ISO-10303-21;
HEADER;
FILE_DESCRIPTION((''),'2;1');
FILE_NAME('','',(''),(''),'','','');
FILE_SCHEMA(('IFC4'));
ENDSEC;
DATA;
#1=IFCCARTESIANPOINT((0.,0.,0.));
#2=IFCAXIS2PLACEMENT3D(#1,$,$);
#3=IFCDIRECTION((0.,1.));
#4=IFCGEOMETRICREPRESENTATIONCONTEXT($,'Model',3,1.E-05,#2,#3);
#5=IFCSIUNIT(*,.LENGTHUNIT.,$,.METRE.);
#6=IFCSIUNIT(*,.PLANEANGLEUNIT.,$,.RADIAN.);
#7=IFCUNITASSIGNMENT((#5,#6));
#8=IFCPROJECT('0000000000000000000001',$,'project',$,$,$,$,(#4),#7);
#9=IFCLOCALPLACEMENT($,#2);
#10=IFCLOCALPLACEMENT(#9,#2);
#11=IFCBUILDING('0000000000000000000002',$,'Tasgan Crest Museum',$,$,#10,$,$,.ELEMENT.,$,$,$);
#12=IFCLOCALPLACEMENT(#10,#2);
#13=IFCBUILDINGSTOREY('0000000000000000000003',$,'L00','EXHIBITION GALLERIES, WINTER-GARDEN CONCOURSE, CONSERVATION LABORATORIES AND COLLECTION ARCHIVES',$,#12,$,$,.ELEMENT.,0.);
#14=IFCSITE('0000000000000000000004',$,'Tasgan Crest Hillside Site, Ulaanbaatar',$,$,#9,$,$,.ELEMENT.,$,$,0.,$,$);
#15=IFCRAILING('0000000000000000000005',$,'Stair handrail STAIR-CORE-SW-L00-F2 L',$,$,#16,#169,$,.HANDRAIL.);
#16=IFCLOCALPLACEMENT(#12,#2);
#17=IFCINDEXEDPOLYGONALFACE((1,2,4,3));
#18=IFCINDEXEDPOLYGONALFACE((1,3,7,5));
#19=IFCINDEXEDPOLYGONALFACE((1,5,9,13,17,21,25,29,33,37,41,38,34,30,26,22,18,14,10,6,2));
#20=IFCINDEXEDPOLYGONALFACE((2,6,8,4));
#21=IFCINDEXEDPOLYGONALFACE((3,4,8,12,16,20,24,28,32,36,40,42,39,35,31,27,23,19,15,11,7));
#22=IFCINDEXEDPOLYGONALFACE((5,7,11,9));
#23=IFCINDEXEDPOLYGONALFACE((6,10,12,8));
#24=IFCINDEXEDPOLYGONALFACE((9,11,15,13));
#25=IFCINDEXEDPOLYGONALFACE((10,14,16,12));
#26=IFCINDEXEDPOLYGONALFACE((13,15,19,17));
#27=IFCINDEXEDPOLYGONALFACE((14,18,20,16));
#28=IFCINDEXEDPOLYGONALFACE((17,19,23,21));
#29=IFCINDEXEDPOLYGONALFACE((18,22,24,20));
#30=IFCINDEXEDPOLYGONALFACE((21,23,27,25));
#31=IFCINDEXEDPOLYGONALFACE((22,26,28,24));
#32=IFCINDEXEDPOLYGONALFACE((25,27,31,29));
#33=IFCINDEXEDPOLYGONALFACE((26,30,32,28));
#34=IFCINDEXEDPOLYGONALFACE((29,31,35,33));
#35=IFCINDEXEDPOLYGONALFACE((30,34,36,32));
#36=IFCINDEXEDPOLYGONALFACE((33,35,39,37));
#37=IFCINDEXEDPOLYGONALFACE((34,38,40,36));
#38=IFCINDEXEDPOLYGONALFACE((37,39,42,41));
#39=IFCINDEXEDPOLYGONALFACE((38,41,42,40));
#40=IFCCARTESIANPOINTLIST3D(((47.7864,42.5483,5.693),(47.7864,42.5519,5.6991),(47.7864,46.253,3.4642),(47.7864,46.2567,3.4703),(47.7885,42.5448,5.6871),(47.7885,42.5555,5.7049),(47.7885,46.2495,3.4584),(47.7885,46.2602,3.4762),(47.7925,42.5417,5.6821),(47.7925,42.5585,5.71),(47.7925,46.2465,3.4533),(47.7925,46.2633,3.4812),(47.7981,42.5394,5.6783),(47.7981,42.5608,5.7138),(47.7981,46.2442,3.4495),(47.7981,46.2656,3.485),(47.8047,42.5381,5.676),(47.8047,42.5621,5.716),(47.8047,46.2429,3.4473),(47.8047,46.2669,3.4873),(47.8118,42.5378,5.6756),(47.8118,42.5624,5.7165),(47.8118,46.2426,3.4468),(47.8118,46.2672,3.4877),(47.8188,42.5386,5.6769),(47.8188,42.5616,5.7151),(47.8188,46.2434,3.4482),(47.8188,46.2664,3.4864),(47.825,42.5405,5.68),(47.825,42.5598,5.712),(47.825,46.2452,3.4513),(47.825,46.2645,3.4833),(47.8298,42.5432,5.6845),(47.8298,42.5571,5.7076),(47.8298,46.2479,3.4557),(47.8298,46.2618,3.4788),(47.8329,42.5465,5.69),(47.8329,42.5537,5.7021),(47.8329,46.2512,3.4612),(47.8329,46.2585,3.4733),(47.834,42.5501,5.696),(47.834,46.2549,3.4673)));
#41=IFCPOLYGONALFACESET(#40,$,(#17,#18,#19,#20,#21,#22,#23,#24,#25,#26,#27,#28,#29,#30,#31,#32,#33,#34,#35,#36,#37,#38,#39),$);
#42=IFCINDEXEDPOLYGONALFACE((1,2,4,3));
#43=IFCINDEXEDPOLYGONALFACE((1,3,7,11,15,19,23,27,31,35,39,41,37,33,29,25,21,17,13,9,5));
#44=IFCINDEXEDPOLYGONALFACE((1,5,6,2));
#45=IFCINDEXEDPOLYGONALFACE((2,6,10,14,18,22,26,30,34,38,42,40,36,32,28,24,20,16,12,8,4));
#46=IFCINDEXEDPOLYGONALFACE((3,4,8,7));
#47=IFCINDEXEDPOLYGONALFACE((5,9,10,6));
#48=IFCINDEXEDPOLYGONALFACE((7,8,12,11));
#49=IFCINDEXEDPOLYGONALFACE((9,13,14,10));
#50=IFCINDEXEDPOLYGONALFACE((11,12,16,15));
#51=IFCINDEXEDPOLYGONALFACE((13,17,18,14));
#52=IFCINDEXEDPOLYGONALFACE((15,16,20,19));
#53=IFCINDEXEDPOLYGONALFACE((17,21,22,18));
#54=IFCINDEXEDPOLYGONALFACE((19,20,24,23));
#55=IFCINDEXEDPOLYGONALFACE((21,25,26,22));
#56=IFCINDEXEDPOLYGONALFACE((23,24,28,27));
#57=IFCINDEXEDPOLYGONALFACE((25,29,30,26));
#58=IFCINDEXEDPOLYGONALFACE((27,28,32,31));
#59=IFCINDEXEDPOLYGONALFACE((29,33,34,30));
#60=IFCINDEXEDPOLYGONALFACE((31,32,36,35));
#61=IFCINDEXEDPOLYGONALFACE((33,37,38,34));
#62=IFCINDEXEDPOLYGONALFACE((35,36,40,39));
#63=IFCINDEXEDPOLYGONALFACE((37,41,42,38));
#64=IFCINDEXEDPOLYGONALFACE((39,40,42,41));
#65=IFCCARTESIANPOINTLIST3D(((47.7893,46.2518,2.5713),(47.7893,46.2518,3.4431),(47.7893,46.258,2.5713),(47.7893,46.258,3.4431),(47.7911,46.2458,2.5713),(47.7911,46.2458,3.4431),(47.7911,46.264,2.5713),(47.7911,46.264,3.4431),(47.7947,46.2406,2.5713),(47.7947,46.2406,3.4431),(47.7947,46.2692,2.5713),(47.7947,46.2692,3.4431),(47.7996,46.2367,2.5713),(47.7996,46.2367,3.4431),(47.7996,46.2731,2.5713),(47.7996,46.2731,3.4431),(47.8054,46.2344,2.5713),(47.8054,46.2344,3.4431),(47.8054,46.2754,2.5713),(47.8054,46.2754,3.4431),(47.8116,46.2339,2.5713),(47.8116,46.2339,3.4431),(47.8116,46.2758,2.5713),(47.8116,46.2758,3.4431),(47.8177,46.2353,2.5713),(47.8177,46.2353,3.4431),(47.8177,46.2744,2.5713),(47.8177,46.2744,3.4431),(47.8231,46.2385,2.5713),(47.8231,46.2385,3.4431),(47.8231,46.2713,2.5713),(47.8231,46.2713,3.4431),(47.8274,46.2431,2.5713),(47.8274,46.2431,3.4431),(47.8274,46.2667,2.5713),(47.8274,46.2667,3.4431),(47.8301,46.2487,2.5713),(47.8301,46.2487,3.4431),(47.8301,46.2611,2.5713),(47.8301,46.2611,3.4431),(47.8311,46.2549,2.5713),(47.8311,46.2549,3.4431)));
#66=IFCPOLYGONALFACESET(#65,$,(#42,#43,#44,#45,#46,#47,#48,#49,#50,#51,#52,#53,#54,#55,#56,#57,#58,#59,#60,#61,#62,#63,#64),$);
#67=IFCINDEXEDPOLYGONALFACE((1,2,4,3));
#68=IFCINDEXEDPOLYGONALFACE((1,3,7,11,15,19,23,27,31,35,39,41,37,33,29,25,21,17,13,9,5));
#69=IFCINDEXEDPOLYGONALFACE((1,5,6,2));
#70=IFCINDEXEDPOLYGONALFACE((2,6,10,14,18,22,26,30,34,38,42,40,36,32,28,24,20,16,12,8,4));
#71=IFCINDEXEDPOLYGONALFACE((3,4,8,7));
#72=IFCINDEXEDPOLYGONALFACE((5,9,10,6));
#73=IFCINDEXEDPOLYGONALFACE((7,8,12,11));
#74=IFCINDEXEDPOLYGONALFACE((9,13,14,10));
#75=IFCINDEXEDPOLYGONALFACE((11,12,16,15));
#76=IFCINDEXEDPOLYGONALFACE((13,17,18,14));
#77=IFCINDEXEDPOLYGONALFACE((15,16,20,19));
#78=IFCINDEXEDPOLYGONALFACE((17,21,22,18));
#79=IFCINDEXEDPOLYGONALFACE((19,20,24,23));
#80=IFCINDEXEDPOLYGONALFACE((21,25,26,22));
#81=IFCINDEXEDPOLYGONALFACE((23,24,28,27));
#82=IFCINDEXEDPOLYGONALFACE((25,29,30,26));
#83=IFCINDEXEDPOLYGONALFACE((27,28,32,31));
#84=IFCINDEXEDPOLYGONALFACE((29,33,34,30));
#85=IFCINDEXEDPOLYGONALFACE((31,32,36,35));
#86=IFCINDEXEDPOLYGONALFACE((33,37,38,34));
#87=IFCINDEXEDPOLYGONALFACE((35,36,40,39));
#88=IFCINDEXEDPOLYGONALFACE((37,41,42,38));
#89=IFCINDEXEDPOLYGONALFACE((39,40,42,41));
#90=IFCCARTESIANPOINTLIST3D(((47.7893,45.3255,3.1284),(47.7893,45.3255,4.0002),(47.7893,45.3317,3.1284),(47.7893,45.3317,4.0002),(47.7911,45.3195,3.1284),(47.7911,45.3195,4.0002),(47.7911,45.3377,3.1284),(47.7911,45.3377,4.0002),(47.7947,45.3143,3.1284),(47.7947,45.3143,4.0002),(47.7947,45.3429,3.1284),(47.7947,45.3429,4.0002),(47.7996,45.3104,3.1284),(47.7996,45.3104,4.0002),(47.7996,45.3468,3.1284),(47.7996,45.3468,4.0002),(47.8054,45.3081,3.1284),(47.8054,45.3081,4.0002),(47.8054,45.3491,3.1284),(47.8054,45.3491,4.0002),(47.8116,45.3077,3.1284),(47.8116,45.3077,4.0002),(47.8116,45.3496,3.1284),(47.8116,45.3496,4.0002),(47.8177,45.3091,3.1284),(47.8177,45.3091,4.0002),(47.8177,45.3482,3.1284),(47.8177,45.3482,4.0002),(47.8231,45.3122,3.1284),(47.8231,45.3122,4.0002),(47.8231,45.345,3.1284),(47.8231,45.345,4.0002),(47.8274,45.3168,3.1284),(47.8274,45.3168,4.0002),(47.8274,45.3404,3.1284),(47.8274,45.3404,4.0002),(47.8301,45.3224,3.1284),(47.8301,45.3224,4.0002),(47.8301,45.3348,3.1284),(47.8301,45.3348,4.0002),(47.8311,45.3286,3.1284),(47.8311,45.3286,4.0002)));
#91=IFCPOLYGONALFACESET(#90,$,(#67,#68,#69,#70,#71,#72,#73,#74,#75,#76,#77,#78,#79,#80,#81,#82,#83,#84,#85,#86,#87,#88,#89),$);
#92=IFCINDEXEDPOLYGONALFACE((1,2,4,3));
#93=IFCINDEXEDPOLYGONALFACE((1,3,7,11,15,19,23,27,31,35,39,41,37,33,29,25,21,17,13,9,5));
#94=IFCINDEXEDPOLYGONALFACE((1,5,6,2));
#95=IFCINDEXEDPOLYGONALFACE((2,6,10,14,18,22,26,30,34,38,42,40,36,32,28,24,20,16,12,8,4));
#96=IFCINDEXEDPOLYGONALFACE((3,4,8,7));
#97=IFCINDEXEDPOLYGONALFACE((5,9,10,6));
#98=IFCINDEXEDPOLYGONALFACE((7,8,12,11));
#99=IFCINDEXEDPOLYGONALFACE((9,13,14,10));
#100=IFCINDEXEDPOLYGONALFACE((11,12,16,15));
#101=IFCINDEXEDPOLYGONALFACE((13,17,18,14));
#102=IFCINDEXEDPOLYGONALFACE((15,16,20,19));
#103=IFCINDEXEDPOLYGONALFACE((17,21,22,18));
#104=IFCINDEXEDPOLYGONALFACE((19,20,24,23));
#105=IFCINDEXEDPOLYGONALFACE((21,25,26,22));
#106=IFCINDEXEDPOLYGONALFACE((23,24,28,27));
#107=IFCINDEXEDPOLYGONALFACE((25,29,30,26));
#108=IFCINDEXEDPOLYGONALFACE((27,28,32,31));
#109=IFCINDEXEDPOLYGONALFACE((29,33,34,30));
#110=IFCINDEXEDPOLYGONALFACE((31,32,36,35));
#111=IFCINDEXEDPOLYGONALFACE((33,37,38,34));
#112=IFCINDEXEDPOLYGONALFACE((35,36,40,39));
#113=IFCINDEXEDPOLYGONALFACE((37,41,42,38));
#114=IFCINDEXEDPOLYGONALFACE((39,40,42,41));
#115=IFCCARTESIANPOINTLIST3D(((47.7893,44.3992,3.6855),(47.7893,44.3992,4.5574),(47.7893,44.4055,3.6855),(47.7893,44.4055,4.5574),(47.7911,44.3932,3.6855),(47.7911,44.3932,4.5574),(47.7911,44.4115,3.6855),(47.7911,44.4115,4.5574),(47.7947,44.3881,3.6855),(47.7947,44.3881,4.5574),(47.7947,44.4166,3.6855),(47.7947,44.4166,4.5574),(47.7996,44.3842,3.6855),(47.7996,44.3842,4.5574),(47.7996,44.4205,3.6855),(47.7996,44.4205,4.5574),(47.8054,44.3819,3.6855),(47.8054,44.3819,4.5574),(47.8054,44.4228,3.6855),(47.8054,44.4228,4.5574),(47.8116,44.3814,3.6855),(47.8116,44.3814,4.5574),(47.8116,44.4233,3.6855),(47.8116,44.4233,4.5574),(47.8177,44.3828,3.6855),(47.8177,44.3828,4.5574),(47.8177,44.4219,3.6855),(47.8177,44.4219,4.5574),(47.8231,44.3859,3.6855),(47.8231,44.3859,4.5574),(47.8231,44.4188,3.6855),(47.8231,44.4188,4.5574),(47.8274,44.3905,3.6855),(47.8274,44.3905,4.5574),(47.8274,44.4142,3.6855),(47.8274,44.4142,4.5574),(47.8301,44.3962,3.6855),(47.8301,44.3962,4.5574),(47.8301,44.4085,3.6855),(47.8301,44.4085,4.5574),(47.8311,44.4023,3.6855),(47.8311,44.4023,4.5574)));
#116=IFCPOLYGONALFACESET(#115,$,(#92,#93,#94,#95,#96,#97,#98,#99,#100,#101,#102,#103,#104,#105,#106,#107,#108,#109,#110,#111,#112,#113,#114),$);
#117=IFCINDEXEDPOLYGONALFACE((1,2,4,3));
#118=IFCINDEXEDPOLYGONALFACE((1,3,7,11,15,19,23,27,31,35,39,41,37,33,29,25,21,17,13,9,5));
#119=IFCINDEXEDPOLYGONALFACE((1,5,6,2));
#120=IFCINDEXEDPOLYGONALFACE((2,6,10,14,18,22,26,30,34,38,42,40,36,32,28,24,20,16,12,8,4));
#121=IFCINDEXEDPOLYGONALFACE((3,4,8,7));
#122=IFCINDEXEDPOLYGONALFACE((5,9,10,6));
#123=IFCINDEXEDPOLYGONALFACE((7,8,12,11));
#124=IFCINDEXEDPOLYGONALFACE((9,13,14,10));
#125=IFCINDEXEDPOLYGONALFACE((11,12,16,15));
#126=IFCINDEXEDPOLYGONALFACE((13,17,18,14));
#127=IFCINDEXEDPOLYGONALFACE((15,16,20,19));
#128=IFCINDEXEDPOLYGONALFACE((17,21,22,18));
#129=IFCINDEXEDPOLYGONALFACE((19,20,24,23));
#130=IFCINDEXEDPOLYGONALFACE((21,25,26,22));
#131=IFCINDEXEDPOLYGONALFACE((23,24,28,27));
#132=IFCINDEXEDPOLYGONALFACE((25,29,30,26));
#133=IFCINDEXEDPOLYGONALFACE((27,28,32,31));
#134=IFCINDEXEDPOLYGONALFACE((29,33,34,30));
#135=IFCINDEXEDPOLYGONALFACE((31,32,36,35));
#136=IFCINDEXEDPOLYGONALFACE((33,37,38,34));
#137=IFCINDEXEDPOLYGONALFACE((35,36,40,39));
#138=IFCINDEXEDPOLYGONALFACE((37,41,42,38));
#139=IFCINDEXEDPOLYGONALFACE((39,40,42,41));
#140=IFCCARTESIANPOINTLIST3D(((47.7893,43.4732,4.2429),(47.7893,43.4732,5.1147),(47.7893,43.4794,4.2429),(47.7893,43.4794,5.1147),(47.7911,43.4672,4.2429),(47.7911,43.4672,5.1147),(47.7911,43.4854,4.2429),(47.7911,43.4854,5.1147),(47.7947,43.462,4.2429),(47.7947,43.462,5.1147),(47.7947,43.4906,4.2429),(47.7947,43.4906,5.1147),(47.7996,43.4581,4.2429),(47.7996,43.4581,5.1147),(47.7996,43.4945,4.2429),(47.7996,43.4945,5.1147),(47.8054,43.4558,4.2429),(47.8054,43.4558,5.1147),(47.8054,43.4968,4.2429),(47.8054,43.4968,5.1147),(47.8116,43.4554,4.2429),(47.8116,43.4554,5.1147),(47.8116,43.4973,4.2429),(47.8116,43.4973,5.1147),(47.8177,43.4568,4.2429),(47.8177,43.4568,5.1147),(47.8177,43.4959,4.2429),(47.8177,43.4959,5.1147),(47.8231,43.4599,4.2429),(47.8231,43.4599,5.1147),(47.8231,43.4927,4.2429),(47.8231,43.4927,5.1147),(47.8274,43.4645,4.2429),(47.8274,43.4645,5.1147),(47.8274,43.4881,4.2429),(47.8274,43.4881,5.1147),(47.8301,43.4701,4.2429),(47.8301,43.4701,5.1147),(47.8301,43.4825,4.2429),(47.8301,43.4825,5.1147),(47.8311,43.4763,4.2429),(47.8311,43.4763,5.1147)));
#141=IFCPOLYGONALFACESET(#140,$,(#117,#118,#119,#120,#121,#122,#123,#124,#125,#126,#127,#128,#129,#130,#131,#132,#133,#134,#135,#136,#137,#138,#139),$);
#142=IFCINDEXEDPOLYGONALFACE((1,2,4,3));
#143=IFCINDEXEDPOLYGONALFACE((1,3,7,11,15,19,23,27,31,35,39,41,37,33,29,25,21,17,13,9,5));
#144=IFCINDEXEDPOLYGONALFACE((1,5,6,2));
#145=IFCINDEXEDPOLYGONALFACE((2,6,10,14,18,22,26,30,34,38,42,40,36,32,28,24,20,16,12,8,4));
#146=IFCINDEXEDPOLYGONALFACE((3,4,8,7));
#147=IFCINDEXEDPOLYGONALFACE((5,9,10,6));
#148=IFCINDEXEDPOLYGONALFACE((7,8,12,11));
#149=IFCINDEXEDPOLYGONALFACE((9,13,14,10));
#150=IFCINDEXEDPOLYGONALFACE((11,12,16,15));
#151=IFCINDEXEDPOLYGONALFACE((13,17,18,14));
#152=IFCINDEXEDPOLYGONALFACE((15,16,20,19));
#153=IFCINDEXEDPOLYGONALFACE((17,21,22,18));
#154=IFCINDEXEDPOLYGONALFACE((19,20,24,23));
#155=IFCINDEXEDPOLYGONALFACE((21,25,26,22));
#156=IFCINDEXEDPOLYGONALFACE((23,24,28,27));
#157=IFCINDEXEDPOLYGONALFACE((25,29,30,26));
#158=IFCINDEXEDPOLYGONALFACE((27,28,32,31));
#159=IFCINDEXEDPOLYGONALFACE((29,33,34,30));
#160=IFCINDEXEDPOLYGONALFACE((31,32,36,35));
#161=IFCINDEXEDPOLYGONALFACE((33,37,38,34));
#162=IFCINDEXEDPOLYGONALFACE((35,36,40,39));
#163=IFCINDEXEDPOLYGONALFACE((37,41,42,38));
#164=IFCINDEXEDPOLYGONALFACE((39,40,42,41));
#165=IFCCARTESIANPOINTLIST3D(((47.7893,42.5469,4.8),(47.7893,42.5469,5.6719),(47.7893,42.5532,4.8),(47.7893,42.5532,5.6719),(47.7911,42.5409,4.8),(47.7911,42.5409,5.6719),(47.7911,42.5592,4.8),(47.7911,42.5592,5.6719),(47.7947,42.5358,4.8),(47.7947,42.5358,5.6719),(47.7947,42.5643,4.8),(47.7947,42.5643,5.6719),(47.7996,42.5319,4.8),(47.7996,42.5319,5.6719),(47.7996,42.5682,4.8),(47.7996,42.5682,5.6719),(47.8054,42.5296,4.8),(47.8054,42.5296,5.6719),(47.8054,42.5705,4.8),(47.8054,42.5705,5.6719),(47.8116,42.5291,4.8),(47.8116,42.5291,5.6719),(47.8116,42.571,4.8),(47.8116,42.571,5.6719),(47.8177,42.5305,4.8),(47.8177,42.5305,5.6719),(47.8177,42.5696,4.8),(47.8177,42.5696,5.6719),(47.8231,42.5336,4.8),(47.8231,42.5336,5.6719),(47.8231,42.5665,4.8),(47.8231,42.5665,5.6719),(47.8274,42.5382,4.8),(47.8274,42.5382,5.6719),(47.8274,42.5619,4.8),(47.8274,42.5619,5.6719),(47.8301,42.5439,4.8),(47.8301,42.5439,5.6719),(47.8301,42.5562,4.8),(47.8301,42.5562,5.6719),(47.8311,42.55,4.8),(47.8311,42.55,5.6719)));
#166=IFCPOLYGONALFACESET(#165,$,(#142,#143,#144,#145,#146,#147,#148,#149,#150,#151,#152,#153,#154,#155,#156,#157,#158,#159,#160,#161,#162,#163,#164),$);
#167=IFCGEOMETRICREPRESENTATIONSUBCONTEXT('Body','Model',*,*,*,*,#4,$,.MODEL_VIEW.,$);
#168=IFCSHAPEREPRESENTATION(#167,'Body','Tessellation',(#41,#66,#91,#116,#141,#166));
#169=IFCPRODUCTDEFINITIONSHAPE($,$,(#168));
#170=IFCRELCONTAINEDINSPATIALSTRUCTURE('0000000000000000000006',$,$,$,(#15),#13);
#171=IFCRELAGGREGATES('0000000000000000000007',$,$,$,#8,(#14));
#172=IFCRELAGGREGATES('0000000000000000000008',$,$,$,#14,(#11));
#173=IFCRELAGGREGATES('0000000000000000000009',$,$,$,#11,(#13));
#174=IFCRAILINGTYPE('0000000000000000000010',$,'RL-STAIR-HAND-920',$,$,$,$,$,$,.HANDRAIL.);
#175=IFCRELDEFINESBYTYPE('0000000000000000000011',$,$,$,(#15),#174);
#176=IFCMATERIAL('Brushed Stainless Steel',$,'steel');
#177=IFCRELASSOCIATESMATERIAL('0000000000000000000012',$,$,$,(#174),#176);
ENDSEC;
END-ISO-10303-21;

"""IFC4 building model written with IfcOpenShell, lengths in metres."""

from ifc_helpers import new_model, si_unit, direction, frame, origin, origin_2d, place, context, subcontext, project, spatial, circle, extrude, material, type_object, element, save


model = new_model("IFC4")

# Units and contexts
model_context = context("Model", 3, precision=1e-05, world=origin(), true_north=direction((0.0, 1.0)))
body_context = subcontext(model_context, "Body", "Model", "MODEL_VIEW")
ifc_project = project(units=[si_unit("LENGTHUNIT", "METRE"), si_unit("PLANEANGLEUNIT", "RADIAN")], contexts=[model_context])

# Site, building, storey
site_placement = place(None, origin())
site = spatial("IfcSite", under=ifc_project, at=site_placement, Name="Tasgan Crest Hillside Site, Ulaanbaatar", CompositionType="ELEMENT", RefElevation=0.0)
building_placement = place(site_placement, origin())
building = spatial("IfcBuilding", under=site, at=building_placement, Name="Tasgan Crest Museum", CompositionType="ELEMENT")
storey_placement = place(building_placement, origin())
storey = spatial("IfcBuildingStorey", under=building, at=storey_placement, Name="L00", Description="EXHIBITION GALLERIES, WINTER-GARDEN CONCOURSE, CONSERVATION LABORATORIES AND COLLECTION ARCHIVES", CompositionType="ELEMENT", Elevation=0.0)

# Railing
ifc_material_1 = material(Name="Brushed Stainless Steel", Category="steel")
railing_type_1 = type_object("IfcRailingType", Name="RL-STAIR-HAND-920", PredefinedType="HANDRAIL", material=ifc_material_1)
for number, where, name in (
    (1, (47.8101, 46.2549, 2.5713), "Stair handrail STAIR-CORE-SW-L00-F2 L"),
):
    element("IfcRailing", number, at=place(storey_placement, frame(where)), inside=storey, type_object=railing_type_1, Name=name, PredefinedType="HANDRAIL", context=body_context, shape_type="SweptSolid", body=[
        extrude(circle(Radius=0.0239, at=origin_2d()), frame((0.0, 0.0, 0.896), z_axis=(0.0, -0.856894, 0.515492), x_axis=(1.0, 0.0, 0.0)), (0.0, 0.0, 1.0), 4.3235),
        extrude(circle(Radius=0.021, at=origin_2d()), origin(), (0.0, 0.0, 1.0), 0.8718),
        extrude(circle(Radius=0.021, at=origin_2d()), frame((0.0, -0.9263, 0.5571)), (0.0, 0.0, 1.0), 0.8718),
        extrude(circle(Radius=0.021, at=origin_2d()), frame((0.0, -1.8525, 1.1143)), (0.0, 0.0, 1.0), 0.8718),
        extrude(circle(Radius=0.021, at=origin_2d()), frame((0.0, -2.7786, 1.6716)), (0.0, 0.0, 1.0), 0.8718),
        extrude(circle(Radius=0.021, at=origin_2d()), frame((0.0, -3.7048, 2.2288)), (0.0, 0.0, 1.0), 0.8718),
    ])

save(model, "model.ifc")
